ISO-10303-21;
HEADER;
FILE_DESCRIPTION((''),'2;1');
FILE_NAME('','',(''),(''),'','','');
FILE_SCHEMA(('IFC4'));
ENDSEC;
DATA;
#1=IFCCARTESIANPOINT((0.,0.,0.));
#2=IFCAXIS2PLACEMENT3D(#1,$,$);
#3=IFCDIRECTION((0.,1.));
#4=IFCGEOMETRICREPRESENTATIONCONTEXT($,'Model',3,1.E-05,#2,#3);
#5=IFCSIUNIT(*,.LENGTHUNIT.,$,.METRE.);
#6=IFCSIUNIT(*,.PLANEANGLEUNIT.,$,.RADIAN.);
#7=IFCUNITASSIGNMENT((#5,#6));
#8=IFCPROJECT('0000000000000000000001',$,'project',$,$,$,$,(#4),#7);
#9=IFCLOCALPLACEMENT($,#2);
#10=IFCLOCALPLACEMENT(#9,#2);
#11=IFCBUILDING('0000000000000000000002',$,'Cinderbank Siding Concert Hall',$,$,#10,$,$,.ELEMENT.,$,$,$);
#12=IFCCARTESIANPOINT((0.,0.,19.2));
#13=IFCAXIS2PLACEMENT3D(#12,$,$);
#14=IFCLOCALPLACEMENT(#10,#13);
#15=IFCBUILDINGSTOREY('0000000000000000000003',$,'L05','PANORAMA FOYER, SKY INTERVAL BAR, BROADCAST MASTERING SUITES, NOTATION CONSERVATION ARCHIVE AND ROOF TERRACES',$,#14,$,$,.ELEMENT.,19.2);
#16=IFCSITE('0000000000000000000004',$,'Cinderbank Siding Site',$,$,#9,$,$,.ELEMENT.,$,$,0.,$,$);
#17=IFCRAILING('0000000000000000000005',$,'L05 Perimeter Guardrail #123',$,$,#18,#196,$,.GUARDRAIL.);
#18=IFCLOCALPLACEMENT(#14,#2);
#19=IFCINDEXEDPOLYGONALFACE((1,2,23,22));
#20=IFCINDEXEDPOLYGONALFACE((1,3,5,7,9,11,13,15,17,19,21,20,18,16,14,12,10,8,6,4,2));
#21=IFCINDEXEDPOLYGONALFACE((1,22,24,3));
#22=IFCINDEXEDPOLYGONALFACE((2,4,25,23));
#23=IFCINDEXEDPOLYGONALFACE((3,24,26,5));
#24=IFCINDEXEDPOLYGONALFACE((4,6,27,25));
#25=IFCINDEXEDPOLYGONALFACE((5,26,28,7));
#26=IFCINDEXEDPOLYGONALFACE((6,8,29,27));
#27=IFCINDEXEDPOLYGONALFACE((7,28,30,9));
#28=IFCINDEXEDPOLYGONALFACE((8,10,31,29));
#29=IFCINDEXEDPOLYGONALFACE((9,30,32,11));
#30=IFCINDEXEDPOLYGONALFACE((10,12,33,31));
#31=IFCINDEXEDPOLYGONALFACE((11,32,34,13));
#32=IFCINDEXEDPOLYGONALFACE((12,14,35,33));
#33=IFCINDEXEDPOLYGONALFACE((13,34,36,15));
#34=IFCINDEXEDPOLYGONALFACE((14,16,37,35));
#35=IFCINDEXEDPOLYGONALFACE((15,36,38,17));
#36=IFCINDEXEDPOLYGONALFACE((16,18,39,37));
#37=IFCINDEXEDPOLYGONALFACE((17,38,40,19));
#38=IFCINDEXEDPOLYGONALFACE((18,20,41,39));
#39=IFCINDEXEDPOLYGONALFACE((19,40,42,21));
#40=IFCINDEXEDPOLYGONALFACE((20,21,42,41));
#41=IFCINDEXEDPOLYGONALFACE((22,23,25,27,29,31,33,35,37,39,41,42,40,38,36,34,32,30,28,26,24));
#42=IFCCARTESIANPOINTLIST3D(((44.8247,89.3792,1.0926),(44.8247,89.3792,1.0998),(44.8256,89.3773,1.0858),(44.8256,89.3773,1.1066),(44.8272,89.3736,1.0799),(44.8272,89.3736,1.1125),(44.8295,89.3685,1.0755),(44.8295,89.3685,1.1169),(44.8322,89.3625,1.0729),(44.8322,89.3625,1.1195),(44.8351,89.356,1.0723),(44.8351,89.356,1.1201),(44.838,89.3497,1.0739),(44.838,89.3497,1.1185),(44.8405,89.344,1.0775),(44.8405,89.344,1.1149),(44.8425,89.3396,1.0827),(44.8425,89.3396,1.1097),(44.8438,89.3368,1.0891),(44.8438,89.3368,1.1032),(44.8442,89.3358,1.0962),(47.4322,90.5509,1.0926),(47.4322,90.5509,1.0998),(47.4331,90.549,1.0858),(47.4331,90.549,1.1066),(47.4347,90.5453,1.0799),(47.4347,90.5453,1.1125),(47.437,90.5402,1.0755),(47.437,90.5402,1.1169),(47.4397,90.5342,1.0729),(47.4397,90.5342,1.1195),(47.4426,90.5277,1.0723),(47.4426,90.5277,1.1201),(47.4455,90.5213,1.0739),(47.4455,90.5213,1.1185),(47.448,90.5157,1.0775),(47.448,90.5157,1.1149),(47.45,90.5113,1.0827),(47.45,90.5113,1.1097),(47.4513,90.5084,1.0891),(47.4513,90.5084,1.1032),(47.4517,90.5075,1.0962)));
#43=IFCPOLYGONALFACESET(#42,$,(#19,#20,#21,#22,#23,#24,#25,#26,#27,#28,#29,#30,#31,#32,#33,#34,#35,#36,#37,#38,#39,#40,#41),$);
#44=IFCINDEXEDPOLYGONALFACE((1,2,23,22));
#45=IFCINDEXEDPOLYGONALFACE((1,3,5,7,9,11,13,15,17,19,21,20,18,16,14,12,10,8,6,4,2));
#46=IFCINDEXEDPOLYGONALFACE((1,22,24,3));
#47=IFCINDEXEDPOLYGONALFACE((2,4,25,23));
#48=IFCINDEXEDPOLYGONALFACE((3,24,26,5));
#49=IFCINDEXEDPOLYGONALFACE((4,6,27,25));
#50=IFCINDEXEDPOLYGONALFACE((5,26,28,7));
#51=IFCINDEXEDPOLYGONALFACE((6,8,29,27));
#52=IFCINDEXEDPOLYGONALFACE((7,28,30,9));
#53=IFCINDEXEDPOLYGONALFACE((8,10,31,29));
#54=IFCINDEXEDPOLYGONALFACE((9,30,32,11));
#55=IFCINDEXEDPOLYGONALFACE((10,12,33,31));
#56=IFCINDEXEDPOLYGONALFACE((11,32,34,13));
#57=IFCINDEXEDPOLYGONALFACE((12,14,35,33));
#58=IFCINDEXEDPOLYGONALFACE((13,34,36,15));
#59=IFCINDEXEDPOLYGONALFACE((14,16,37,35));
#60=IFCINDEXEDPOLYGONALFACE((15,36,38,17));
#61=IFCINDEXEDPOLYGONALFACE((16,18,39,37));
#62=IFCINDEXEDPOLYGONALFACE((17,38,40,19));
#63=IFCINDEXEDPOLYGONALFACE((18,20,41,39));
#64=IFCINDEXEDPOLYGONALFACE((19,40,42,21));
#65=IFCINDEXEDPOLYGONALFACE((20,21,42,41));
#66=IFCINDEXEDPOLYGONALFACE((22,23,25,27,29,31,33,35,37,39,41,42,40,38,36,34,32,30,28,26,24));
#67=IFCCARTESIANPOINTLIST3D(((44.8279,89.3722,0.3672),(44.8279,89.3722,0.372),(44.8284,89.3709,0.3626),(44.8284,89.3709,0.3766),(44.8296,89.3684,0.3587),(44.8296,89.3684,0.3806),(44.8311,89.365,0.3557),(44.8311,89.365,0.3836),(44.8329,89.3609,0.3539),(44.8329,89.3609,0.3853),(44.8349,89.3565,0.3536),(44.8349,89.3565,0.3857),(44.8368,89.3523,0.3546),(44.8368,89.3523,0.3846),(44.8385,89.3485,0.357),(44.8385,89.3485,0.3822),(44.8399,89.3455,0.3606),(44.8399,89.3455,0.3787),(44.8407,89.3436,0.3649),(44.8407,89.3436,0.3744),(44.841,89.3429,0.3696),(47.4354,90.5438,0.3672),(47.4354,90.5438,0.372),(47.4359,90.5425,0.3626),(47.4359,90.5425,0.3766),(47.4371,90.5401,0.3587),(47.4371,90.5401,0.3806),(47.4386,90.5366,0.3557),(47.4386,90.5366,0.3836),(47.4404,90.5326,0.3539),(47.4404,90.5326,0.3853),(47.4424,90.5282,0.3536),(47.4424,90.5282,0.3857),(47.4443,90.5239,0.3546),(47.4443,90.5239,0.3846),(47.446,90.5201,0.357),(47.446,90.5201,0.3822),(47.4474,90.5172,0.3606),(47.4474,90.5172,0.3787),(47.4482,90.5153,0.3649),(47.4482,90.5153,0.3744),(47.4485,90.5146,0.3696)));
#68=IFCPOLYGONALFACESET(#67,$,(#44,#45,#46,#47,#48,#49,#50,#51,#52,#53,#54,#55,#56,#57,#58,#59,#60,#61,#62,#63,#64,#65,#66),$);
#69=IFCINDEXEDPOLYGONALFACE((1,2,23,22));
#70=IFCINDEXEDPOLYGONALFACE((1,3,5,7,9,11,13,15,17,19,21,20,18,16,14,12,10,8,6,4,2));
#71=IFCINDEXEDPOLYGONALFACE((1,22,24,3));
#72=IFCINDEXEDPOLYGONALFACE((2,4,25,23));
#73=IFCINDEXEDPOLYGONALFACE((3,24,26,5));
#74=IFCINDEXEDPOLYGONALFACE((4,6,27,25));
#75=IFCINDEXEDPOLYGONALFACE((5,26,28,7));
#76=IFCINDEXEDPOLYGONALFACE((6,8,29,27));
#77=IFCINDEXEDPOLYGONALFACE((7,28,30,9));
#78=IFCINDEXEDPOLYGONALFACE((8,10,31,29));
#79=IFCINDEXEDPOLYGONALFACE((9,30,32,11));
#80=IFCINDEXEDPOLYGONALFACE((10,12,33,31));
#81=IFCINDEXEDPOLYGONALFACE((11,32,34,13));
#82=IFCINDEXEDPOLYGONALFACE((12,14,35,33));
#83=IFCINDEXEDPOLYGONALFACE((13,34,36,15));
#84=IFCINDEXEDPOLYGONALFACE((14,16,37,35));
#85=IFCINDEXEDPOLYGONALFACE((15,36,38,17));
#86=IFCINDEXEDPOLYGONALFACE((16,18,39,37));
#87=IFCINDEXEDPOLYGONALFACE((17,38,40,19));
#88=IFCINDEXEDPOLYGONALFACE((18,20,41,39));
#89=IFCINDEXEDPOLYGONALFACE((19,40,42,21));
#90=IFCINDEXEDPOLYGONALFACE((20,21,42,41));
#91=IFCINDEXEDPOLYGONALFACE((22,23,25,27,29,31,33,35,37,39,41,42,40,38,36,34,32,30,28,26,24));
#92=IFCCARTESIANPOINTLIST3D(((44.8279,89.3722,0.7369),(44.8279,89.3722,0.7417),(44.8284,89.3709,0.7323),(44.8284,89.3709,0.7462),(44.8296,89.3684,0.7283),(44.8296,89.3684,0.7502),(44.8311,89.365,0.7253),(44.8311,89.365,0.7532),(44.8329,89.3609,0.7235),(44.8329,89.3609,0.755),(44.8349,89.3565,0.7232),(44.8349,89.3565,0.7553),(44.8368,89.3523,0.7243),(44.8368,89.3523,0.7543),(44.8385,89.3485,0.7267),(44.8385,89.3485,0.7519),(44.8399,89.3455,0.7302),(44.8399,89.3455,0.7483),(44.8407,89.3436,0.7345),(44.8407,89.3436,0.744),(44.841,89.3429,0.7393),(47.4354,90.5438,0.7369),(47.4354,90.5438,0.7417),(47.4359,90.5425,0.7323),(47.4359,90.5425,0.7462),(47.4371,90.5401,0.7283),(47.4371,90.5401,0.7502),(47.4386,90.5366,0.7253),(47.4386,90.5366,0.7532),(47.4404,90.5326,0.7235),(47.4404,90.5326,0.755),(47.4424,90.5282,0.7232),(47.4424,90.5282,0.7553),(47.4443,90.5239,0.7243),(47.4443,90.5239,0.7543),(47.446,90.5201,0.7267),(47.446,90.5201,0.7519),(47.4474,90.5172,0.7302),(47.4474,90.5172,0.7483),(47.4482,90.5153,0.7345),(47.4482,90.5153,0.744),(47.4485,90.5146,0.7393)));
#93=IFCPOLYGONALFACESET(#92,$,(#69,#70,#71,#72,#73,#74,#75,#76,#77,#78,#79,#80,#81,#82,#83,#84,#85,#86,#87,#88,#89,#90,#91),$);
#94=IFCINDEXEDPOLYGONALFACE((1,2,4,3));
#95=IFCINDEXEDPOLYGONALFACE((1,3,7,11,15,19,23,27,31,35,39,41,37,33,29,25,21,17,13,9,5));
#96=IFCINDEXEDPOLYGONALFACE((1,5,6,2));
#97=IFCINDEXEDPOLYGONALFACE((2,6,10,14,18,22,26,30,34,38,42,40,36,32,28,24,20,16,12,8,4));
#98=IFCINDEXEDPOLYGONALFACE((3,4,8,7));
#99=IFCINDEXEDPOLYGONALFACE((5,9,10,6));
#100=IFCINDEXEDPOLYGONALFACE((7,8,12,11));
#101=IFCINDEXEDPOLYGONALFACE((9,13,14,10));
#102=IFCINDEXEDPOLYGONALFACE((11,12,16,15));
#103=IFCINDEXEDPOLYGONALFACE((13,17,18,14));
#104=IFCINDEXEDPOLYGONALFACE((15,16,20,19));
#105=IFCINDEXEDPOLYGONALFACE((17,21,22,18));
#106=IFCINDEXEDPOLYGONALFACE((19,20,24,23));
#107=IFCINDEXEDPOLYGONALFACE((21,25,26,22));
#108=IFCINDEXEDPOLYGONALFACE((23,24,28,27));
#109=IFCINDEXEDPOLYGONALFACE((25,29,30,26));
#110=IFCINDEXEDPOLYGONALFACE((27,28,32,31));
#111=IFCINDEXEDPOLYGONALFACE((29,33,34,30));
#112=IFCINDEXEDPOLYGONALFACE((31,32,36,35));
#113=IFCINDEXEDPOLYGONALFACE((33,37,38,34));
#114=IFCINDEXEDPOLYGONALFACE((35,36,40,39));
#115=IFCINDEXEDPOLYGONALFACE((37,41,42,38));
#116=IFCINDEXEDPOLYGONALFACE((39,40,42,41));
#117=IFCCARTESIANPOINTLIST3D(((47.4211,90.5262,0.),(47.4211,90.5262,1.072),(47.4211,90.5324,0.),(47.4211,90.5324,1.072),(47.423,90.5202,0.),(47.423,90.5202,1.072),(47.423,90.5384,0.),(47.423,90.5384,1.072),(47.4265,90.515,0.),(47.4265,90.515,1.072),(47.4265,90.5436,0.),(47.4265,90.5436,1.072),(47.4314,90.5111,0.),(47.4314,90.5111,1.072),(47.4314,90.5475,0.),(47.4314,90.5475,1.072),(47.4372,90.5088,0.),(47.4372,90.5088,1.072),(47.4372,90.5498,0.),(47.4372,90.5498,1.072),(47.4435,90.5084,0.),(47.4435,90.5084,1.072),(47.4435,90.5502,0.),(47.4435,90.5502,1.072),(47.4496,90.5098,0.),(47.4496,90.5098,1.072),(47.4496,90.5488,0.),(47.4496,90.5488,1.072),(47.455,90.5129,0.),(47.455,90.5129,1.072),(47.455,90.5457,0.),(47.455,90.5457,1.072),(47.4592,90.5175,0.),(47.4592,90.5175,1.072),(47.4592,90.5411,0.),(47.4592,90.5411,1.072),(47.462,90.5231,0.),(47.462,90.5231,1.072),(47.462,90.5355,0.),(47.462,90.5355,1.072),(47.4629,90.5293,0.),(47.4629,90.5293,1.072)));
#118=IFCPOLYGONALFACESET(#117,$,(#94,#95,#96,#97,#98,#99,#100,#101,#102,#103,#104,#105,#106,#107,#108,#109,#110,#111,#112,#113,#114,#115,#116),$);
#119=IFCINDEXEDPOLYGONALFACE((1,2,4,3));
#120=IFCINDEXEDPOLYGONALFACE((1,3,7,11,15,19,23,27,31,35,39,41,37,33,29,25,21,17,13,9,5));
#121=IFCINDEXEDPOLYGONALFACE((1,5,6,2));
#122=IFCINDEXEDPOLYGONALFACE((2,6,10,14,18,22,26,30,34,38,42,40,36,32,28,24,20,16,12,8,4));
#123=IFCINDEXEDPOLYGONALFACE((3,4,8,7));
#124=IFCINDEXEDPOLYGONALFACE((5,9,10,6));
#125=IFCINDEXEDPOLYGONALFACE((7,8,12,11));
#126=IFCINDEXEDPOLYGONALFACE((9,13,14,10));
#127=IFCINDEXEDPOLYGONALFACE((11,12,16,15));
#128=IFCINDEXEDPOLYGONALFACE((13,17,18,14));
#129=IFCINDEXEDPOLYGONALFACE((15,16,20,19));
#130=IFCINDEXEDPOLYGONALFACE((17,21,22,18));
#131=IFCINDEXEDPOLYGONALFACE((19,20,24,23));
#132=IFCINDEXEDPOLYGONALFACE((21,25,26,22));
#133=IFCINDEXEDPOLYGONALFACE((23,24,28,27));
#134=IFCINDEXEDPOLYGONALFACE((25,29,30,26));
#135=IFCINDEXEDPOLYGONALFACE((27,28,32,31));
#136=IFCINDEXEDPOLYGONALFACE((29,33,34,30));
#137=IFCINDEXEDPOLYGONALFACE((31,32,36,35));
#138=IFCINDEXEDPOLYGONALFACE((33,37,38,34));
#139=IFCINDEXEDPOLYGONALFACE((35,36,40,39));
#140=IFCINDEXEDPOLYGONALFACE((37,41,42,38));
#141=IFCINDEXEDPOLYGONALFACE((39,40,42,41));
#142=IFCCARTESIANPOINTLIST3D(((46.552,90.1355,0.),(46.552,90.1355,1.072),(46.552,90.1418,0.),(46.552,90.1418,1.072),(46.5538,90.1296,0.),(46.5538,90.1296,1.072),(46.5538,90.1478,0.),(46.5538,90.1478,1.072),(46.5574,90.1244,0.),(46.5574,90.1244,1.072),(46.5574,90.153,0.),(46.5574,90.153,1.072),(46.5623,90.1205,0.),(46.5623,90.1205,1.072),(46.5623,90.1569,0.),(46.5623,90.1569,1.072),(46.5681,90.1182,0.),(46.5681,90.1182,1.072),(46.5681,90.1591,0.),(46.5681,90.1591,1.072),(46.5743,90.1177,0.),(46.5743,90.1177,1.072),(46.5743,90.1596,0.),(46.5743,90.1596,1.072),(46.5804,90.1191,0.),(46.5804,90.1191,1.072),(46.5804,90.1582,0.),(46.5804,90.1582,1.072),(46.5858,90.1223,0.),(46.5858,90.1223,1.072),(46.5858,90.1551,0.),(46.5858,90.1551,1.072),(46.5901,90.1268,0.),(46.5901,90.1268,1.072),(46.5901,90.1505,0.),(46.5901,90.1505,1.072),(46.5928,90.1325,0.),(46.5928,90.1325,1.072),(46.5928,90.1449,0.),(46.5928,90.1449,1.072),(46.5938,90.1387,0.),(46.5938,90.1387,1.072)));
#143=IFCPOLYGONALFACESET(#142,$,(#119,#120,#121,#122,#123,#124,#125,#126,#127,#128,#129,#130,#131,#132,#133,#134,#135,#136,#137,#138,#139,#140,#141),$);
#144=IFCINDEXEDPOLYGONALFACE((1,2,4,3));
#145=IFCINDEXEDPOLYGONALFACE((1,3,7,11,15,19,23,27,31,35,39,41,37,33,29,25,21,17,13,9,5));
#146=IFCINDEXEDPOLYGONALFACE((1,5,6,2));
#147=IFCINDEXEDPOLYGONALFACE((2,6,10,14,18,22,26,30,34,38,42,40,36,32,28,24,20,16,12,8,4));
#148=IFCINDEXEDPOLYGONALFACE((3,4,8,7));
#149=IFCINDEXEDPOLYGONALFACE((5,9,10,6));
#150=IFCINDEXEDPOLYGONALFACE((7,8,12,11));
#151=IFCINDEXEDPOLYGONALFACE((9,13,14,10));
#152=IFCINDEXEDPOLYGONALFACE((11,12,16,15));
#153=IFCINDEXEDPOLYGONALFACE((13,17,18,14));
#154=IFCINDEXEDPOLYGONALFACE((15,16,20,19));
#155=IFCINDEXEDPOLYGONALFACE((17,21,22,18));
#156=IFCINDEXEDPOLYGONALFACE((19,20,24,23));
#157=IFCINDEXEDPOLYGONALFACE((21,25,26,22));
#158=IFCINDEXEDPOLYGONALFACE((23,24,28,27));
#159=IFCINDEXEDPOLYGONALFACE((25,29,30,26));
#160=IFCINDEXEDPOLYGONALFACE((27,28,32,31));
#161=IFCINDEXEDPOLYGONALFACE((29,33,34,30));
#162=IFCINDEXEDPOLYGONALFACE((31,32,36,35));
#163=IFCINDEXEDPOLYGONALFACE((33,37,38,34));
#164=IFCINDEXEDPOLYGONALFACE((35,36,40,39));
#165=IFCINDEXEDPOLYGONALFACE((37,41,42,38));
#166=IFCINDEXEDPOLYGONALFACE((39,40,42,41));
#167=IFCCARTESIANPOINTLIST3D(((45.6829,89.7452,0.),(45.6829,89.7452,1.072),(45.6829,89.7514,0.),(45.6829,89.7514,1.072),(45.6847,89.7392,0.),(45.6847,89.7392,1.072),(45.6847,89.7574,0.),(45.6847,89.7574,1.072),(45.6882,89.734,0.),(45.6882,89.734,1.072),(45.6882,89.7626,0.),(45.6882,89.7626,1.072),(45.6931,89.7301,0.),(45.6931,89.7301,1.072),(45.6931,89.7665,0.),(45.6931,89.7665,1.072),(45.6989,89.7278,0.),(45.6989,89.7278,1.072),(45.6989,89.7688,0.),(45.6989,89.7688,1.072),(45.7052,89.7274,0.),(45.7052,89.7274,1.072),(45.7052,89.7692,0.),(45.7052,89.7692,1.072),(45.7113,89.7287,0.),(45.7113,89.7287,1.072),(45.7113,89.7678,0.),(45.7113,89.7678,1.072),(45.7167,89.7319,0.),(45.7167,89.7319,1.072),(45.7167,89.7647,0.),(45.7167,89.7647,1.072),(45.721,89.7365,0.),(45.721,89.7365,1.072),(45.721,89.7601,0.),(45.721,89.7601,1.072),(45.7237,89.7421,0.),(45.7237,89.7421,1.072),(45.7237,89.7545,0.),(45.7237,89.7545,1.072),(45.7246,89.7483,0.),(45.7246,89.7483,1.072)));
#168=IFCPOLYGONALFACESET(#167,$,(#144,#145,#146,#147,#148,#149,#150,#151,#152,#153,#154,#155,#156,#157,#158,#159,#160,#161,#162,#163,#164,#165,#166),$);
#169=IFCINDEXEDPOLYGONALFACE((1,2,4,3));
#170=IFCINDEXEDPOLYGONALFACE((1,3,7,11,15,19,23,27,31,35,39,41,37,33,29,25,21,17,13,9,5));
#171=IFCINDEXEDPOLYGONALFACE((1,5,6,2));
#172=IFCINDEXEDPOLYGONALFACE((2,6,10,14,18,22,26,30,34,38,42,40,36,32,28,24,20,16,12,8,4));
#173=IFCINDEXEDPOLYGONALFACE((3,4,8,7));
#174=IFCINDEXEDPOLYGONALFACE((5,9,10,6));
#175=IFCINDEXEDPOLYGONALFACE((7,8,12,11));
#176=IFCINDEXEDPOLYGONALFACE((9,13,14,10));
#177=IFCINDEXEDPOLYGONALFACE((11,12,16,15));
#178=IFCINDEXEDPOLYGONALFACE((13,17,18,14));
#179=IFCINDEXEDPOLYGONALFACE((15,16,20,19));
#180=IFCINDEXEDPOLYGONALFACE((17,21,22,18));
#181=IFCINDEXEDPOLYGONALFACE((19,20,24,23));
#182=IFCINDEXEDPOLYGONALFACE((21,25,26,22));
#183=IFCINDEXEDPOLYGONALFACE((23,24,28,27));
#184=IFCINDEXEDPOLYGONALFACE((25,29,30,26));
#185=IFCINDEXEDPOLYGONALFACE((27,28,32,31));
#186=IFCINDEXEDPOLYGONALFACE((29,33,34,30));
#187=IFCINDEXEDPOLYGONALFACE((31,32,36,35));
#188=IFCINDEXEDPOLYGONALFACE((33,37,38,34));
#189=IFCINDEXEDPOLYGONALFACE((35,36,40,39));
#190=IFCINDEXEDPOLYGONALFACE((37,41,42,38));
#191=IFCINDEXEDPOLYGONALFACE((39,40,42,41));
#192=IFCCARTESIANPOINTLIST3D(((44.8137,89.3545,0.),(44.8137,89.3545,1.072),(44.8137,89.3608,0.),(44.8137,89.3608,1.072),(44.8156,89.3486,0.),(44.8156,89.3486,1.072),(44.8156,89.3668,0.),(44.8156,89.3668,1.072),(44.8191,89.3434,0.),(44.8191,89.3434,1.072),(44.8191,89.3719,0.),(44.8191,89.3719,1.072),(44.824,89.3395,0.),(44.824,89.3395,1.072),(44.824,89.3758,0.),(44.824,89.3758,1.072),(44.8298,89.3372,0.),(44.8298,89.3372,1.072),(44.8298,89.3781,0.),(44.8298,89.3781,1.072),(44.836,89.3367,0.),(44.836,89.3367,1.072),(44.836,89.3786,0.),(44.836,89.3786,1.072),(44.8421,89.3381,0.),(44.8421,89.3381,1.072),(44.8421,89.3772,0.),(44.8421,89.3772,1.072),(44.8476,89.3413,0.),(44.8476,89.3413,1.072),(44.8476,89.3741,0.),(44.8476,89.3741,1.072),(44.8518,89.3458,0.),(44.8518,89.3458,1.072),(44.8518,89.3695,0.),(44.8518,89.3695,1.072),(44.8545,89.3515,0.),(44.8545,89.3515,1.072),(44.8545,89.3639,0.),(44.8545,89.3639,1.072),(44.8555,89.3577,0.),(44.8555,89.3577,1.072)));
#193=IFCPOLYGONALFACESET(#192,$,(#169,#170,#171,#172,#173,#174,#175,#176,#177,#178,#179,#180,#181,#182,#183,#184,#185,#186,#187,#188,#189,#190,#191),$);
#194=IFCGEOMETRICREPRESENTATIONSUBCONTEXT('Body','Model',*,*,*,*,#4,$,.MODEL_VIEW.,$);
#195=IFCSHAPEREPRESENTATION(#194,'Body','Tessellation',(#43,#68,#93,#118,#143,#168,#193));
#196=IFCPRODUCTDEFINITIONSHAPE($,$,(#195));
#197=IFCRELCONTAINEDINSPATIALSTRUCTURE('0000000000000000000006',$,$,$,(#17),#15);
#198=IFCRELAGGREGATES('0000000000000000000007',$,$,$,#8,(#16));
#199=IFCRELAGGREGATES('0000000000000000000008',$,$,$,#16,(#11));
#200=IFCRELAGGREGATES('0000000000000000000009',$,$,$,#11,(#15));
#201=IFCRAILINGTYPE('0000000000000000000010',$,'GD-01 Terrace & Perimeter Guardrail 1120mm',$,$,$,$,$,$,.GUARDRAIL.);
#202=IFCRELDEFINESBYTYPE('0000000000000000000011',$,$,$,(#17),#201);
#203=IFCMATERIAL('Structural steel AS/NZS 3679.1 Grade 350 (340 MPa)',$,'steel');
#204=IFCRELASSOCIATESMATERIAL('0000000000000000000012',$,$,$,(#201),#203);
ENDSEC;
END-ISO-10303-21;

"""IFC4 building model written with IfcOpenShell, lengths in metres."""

from ifc_helpers import new_model, si_unit, direction, frame, origin, origin_2d, place, context, subcontext, project, spatial, circle, extrude, material, type_object, element, save


model = new_model("IFC4")

# Units and contexts
model_context = context("Model", 3, precision=1e-05, world=origin(), true_north=direction((0.0, 1.0)))
body_context = subcontext(model_context, "Body", "Model", "MODEL_VIEW")
ifc_project = project(units=[si_unit("LENGTHUNIT", "METRE"), si_unit("PLANEANGLEUNIT", "RADIAN")], contexts=[model_context])

# Site, building, storey
site_placement = place(None, origin())
site = spatial("IfcSite", under=ifc_project, at=site_placement, Name="Cinderbank Siding Site", CompositionType="ELEMENT", RefElevation=0.0)
building_placement = place(site_placement, origin())
building = spatial("IfcBuilding", under=site, at=building_placement, Name="Cinderbank Siding Concert Hall", CompositionType="ELEMENT")
storey_placement = place(building_placement, frame((0.0, 0.0, 19.2)))
storey = spatial("IfcBuildingStorey", under=building, at=storey_placement, Name="L05", Description="PANORAMA FOYER, SKY INTERVAL BAR, BROADCAST MASTERING SUITES, NOTATION CONSERVATION ARCHIVE AND ROOF TERRACES", CompositionType="ELEMENT", Elevation=19.2)

# Railing
ifc_material_1 = material(Name="Structural steel AS/NZS 3679.1 Grade 350 (340 MPa)", Category="steel")
railing_type_1 = type_object("IfcRailingType", Name="GD-01 Terrace & Perimeter Guardrail 1120mm", PredefinedType="GUARDRAIL", material=ifc_material_1)
railing_1_placement = place(storey_placement, frame((47.4419, 90.5293, 0.0)))
element("IfcRailing", 1, at=railing_1_placement, inside=storey, type_object=railing_type_1, Name="L05 Perimeter Guardrail #123", PredefinedType="GUARDRAIL", context=body_context, shape_type="SweptSolid", body=[
    extrude(circle(Radius=0.0239, at=origin_2d()), frame((0.0, 0.0, 1.0962), z_axis=(-0.912145, -0.409867, 0.0), x_axis=(0.409867, -0.912145, 0.0)), (0.0, 0.0, 1.0), 2.8586),
    extrude(circle(Radius=0.0161, at=origin_2d()), frame((0.0, 0.0, 0.3696), z_axis=(-0.912145, -0.409867, 0.0), x_axis=(0.409867, -0.912145, 0.0)), (0.0, 0.0, 1.0), 2.8586),
    extrude(circle(Radius=0.0161, at=origin_2d()), frame((0.0, 0.0, 0.7393), z_axis=(-0.912145, -0.409867, 0.0), x_axis=(0.409867, -0.912145, 0.0)), (0.0, 0.0, 1.0), 2.8586),
    extrude(circle(Radius=0.021, at=origin_2d()), origin(), (0.0, 0.0, 1.0), 1.072),
    extrude(circle(Radius=0.021, at=origin_2d()), frame((-0.8691, -0.3906, 0.0)), (0.0, 0.0, 1.0), 1.072),
    extrude(circle(Radius=0.021, at=origin_2d()), frame((-1.7383, -0.781, 0.0)), (0.0, 0.0, 1.0), 1.072),
    extrude(circle(Radius=0.021, at=origin_2d()), frame((-2.6074, -1.1716, 0.0)), (0.0, 0.0, 1.0), 1.072),
])

save(model, "model.ifc")
